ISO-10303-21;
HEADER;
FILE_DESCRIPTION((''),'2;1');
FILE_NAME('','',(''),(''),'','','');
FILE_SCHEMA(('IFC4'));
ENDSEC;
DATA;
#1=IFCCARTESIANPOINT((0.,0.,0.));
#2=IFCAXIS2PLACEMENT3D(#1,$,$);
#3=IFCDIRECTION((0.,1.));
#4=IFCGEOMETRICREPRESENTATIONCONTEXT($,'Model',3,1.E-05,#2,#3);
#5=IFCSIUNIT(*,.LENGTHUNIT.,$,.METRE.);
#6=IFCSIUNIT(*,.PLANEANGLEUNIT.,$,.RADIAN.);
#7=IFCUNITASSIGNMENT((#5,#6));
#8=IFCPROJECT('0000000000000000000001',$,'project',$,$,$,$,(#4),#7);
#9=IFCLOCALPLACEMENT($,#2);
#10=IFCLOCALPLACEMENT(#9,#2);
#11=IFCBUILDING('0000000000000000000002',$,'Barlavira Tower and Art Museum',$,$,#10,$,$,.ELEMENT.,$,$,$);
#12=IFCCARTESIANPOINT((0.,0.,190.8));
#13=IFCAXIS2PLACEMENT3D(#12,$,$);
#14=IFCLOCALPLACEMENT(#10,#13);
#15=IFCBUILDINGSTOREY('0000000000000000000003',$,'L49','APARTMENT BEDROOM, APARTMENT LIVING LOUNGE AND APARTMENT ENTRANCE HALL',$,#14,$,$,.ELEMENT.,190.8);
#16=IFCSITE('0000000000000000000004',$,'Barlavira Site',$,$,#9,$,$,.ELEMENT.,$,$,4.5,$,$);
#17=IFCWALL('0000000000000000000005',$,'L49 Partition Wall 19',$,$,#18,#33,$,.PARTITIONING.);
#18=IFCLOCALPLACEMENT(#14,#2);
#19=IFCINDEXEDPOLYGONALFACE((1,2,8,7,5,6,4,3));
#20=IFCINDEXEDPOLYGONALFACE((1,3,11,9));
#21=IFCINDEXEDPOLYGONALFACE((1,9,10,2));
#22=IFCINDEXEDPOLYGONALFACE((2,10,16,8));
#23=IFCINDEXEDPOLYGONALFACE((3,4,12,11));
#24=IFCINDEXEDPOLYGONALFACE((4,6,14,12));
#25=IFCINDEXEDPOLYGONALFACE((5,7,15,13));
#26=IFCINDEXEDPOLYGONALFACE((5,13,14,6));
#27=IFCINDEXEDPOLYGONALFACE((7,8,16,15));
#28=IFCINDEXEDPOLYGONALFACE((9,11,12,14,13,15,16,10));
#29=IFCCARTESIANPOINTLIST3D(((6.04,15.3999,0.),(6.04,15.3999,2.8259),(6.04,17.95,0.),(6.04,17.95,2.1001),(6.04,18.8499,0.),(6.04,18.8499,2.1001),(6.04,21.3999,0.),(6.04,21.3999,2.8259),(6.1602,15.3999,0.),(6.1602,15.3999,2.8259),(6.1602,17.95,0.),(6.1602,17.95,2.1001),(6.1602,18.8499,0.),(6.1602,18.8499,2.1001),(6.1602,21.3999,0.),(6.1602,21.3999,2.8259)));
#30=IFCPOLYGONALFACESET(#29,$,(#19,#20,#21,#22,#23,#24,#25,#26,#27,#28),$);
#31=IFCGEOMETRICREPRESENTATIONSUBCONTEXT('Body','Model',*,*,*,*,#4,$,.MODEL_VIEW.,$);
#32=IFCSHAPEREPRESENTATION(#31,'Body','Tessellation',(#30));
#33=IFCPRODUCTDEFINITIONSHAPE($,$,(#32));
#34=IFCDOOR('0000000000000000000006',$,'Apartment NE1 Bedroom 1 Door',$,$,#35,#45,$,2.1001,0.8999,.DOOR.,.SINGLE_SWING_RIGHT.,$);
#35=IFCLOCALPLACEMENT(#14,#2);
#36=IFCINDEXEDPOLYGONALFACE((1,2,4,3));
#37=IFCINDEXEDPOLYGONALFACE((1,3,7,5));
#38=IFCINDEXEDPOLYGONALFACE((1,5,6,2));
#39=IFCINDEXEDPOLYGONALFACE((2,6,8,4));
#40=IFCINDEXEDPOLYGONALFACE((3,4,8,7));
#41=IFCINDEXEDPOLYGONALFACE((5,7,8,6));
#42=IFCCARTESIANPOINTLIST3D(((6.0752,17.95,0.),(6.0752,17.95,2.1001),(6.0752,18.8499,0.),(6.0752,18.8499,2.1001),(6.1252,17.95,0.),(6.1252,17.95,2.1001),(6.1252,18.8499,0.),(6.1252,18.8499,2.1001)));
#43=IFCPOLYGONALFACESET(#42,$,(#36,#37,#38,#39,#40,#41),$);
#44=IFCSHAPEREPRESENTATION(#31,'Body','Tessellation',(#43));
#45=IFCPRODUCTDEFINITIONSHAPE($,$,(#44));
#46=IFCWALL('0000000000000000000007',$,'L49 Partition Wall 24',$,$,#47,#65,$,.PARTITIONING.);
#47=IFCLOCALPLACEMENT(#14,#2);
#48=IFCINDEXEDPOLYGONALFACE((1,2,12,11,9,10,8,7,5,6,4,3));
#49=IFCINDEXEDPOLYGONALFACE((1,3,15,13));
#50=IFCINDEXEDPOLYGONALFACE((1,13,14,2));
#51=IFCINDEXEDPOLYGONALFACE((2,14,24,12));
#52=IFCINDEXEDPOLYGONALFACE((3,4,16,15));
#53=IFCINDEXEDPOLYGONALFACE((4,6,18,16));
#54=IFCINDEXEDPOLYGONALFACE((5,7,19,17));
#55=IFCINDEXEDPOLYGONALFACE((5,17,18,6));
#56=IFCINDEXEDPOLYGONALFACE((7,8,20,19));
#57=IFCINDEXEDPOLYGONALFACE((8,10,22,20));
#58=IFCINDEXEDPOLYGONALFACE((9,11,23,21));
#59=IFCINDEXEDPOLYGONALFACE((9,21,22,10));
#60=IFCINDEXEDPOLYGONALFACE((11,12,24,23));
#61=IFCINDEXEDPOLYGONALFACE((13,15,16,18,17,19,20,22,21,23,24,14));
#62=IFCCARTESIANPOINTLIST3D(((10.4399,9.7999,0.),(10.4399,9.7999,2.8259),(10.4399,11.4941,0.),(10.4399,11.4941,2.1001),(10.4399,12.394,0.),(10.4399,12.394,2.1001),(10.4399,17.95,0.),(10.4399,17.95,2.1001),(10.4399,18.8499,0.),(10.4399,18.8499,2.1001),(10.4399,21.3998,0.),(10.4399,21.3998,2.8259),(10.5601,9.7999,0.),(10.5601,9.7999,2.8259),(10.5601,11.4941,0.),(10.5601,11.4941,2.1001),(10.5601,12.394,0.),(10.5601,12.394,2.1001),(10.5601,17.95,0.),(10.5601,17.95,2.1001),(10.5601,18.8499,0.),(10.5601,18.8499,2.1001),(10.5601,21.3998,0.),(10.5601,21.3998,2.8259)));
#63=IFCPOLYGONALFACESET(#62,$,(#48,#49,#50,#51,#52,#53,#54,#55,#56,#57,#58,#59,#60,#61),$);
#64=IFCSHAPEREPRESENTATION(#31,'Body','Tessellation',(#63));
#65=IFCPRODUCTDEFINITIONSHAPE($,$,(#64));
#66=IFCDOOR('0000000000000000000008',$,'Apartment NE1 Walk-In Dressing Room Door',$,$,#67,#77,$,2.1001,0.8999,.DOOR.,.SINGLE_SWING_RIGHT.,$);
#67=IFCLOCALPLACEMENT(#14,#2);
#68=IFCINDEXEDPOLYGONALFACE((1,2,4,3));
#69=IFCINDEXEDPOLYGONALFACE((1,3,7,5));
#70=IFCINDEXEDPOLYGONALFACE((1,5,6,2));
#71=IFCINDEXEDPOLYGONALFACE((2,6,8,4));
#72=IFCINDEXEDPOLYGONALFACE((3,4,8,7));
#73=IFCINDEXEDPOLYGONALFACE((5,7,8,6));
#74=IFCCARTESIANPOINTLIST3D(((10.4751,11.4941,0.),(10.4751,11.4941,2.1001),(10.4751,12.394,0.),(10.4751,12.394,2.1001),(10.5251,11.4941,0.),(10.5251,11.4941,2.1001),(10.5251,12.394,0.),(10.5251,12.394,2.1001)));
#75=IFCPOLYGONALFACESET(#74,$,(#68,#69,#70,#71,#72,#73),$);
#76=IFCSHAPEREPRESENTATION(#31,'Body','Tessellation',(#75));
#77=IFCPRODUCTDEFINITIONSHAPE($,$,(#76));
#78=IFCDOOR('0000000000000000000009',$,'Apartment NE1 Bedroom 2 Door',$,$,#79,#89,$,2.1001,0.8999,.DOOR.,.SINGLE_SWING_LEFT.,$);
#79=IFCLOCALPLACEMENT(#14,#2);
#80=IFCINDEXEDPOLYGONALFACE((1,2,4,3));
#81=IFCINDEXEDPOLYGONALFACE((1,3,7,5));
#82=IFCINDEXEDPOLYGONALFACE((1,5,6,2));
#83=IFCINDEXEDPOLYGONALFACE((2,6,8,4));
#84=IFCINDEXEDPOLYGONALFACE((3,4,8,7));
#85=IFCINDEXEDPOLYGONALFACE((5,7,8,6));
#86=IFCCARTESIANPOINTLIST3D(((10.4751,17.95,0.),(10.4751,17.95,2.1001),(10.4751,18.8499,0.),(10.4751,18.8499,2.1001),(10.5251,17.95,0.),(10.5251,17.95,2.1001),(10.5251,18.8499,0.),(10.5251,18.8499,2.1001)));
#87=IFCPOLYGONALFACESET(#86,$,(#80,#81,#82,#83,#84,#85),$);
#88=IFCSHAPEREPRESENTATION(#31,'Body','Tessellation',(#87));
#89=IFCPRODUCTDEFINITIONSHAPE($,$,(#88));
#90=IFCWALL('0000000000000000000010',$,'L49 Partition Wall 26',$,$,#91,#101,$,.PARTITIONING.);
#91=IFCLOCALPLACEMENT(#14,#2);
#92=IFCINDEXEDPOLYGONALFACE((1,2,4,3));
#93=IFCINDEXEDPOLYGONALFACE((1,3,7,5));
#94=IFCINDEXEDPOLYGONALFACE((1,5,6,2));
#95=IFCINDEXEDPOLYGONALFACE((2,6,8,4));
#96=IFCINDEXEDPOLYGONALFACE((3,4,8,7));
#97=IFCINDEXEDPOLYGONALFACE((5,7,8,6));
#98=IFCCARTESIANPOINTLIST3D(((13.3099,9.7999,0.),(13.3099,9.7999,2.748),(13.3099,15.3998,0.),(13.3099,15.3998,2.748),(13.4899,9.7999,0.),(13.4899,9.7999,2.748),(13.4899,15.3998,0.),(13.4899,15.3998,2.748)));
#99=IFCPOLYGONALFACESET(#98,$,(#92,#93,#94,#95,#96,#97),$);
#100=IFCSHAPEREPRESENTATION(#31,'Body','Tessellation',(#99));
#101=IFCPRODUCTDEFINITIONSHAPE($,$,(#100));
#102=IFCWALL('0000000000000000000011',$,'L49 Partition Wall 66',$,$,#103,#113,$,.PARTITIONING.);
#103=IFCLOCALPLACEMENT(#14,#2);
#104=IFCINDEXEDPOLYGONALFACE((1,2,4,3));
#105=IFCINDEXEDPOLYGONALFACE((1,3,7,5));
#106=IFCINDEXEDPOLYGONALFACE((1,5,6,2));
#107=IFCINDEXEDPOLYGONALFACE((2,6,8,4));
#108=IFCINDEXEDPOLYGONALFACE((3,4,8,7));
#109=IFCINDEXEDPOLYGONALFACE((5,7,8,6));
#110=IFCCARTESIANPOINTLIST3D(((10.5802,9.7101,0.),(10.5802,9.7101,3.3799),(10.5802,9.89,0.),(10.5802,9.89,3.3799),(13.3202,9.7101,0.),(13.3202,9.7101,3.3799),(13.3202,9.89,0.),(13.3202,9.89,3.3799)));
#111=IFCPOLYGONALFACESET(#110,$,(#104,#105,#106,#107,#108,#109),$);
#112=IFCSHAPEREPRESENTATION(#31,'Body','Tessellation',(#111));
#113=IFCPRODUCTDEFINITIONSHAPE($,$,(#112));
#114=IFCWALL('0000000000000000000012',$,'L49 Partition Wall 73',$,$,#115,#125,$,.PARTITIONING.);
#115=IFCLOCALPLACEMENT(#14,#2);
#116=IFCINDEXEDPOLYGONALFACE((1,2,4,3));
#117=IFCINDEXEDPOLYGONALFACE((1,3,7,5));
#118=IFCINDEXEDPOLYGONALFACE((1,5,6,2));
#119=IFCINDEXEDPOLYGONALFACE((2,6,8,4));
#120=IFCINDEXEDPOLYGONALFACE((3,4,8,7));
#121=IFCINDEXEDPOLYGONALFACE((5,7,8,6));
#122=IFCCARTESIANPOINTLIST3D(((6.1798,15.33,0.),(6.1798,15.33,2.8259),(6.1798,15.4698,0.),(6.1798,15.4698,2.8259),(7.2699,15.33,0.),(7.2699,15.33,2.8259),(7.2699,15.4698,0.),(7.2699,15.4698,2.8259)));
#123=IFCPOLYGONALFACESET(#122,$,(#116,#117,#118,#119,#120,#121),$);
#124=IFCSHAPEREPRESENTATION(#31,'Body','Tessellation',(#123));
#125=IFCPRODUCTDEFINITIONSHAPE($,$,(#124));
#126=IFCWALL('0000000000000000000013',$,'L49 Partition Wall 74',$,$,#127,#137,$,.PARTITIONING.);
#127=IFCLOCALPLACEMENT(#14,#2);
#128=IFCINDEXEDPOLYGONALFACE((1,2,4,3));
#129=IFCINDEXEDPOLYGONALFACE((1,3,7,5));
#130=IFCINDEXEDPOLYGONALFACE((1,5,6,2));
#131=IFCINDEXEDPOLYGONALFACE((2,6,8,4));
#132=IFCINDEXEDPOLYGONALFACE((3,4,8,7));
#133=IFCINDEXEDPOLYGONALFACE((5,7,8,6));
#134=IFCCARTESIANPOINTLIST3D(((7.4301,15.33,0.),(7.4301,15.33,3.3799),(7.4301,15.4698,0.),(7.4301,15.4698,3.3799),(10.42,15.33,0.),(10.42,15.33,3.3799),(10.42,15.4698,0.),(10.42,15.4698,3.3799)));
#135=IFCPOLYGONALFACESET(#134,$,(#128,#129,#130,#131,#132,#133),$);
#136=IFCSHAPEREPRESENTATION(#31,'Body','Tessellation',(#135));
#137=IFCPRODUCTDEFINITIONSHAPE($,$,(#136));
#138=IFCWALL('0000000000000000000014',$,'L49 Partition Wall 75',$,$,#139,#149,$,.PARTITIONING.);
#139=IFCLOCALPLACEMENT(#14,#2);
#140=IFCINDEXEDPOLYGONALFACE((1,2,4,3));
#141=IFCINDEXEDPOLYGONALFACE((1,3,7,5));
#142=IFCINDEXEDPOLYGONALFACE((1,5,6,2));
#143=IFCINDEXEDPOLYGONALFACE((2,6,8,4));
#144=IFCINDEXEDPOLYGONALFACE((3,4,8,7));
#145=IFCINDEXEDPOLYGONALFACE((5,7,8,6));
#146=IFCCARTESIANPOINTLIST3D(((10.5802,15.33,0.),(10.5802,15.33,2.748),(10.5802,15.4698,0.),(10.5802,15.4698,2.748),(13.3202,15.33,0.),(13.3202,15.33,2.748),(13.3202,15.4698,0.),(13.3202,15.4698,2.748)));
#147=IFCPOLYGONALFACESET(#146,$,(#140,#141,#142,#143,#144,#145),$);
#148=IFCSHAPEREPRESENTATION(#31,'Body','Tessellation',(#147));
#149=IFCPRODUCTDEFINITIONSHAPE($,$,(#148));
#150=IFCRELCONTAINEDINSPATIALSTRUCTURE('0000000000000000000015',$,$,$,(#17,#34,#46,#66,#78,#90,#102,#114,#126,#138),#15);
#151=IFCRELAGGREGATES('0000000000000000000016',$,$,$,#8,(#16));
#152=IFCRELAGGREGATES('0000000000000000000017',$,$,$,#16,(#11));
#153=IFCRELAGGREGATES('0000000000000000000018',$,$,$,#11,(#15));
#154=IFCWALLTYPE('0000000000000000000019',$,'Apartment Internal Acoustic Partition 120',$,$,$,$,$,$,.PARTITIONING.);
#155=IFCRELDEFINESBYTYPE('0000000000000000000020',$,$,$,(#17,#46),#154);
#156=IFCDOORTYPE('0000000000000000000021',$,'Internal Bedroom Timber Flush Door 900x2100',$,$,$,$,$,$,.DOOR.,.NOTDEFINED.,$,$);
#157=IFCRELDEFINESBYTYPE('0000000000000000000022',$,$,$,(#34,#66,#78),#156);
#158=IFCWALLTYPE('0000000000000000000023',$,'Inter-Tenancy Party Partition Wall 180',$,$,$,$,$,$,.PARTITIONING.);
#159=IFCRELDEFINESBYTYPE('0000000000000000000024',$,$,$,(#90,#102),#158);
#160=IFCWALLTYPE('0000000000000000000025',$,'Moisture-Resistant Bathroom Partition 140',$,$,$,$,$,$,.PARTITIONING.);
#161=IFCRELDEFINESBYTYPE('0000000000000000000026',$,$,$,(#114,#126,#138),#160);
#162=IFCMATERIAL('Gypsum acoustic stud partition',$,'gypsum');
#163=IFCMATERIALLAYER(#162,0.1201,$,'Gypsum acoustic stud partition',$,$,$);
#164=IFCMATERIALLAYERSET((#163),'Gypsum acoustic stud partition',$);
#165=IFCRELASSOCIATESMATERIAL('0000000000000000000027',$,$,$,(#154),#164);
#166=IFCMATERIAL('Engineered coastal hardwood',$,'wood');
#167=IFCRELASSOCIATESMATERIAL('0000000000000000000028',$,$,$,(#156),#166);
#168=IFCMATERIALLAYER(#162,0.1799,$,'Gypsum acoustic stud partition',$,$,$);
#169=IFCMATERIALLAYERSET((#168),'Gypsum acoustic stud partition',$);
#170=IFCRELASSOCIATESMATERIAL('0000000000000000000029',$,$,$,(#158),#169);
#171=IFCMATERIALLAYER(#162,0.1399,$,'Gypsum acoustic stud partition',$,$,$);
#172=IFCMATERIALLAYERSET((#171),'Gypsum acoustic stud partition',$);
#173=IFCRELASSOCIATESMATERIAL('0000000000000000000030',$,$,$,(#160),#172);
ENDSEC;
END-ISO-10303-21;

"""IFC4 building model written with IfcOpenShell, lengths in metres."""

from ifc_helpers import new_model, si_unit, direction, frame, frame_2d, origin, place, context, subcontext, project, spatial, rectangle, extrude, material, layer, layer_set, type_object, element, fill, save


model = new_model("IFC4")

# Units and contexts
model_context = context("Model", 3, precision=1e-05, world=origin(), true_north=direction((0.0, 1.0)))
body_context = subcontext(model_context, "Body", "Model", "MODEL_VIEW")
ifc_project = project(units=[si_unit("LENGTHUNIT", "METRE"), si_unit("PLANEANGLEUNIT", "RADIAN")], contexts=[model_context])

# Site, building, storey
site_placement = place(None, origin())
site = spatial("IfcSite", under=ifc_project, at=site_placement, Name="Barlavira Site", CompositionType="ELEMENT", RefElevation=4.5)
building_placement = place(site_placement, origin())
building = spatial("IfcBuilding", under=site, at=building_placement, Name="Barlavira Tower and Art Museum", CompositionType="ELEMENT")
storey_placement = place(building_placement, frame((0.0, 0.0, 190.8)))
storey = spatial("IfcBuildingStorey", under=building, at=storey_placement, Name="L49", Description="APARTMENT BEDROOM, APARTMENT LIVING LOUNGE AND APARTMENT ENTRANCE HALL", CompositionType="ELEMENT", Elevation=190.8)

# Wall, opening, door
ifc_material_1 = material(Name="Gypsum acoustic stud partition", Category="gypsum")
ifc_layer_1 = layer(ifc_material_1, 0.1201, Name="Gypsum acoustic stud partition")
ifc_layer_set_1 = layer_set([ifc_layer_1], Name="Gypsum acoustic stud partition")
wall_type_1 = type_object("IfcWallType", Name="Apartment Internal Acoustic Partition 120", PredefinedType="PARTITIONING", material=ifc_layer_set_1)
wall_1_placement = place(storey_placement, frame((6.1001, 15.3999, 0.0), z_axis=(0.0, 0.0, 1.0), x_axis=(0.0, 1.0, 0.0)))
wall_1 = element("IfcWall", 1, at=wall_1_placement, inside=storey, type_object=wall_type_1, Name="L49 Partition Wall 19", PredefinedType="PARTITIONING", context=body_context, shape_type="SweptSolid", body=[
    extrude(rectangle(XDim=6.0, YDim=0.1201, at=frame_2d((3.0, 0.0))), origin(), (0.0, 0.0, 1.0), 2.8259),
])
opening_1_placement = place(wall_1_placement, frame((2.55, 0.0, 0.0)))
opening_1 = element("IfcOpeningElement", 2, at=opening_1_placement, cuts=wall_1, PredefinedType="OPENING", context=body_context, shape_type="SweptSolid", body=[
    extrude(rectangle(XDim=0.8999, YDim=2.1001, at=frame_2d((0.45, 1.05))), frame((0.0, 0.0701, 0.0), z_axis=(0.0, -1.0, 0.0), x_axis=(1.0, 0.0, 0.0)), (0.0, 0.0, 1.0), 0.1401),
])
ifc_material_2 = material(Name="Engineered coastal hardwood", Category="wood")
door_type = type_object("IfcDoorType", Name="Internal Bedroom Timber Flush Door 900x2100", OperationType="NOTDEFINED", PredefinedType="DOOR", material=ifc_material_2)
door_1_placement = place(opening_1_placement, origin())
door_1 = element("IfcDoor", 3, at=door_1_placement, inside=storey, type_object=door_type, Name="Apartment NE1 Bedroom 1 Door", OperationType="SINGLE_SWING_RIGHT", OverallHeight=2.1001, OverallWidth=0.8999, PredefinedType="DOOR", context=body_context, shape_type="SweptSolid", body=[
    extrude(rectangle(XDim=0.8999, YDim=2.1001, at=frame_2d((0.45, 1.05))), frame((0.0, 0.0249, 0.0), z_axis=(0.0, -1.0, 0.0), x_axis=(1.0, 0.0, 0.0)), (0.0, 0.0, 1.0), 0.05),
])
fill(opening_1, door_1)

# Wall, openings, doors
wall_2_placement = place(storey_placement, frame((10.5, 9.8, 0.0), z_axis=(0.0, 0.0, 1.0), x_axis=(0.0, 1.0, 0.0)))
wall_2 = element("IfcWall", 4, at=wall_2_placement, inside=storey, type_object=wall_type_1, Name="L49 Partition Wall 24", PredefinedType="PARTITIONING", context=body_context, shape_type="SweptSolid", body=[
    extrude(rectangle(XDim=11.5999, YDim=0.1201, at=frame_2d((5.7998, 0.0))), origin(), (0.0, 0.0, 1.0), 2.8259),
])
opening_2_placement = place(wall_2_placement, frame((1.6941, 0.0, 0.0)))
opening_2 = element("IfcOpeningElement", 5, at=opening_2_placement, cuts=wall_2, PredefinedType="OPENING", context=body_context, shape_type="SweptSolid", body=[
    extrude(rectangle(XDim=0.8999, YDim=2.1001, at=frame_2d((0.45, 1.05))), frame((0.0, 0.0701, 0.0), z_axis=(0.0, -1.0, 0.0), x_axis=(1.0, 0.0, 0.0)), (0.0, 0.0, 1.0), 0.1401),
])
opening_3_placement = place(wall_2_placement, frame((8.1499, 0.0, 0.0)))
opening_3 = element("IfcOpeningElement", 6, at=opening_3_placement, cuts=wall_2, PredefinedType="OPENING", context=body_context, shape_type="SweptSolid", body=[
    extrude(rectangle(XDim=0.8999, YDim=2.1001, at=frame_2d((0.45, 1.05))), frame((0.0, 0.0701, 0.0), z_axis=(0.0, -1.0, 0.0), x_axis=(1.0, 0.0, 0.0)), (0.0, 0.0, 1.0), 0.1401),
])
door_2_placement = place(opening_2_placement, origin())
door_2 = element("IfcDoor", 7, at=door_2_placement, inside=storey, type_object=door_type, Name="Apartment NE1 Walk-In Dressing Room Door", OperationType="SINGLE_SWING_RIGHT", OverallHeight=2.1001, OverallWidth=0.8999, PredefinedType="DOOR", context=body_context, shape_type="SweptSolid", body=[
    extrude(rectangle(XDim=0.8999, YDim=2.1001, at=frame_2d((0.45, 1.05))), frame((0.0, 0.0249, 0.0), z_axis=(0.0, -1.0, 0.0), x_axis=(1.0, 0.0, 0.0)), (0.0, 0.0, 1.0), 0.05),
])
fill(opening_2, door_2)
door_3_placement = place(opening_3_placement, origin())
door_3 = element("IfcDoor", 8, at=door_3_placement, inside=storey, type_object=door_type, Name="Apartment NE1 Bedroom 2 Door", OperationType="SINGLE_SWING_LEFT", OverallHeight=2.1001, OverallWidth=0.8999, PredefinedType="DOOR", context=body_context, shape_type="SweptSolid", body=[
    extrude(rectangle(XDim=0.8999, YDim=2.1001, at=frame_2d((0.45, 1.05))), frame((0.0, 0.0249, 0.0), z_axis=(0.0, -1.0, 0.0), x_axis=(1.0, 0.0, 0.0)), (0.0, 0.0, 1.0), 0.05),
])
fill(opening_3, door_3)

# Walls
ifc_layer_2 = layer(ifc_material_1, 0.1799, Name="Gypsum acoustic stud partition")
ifc_layer_set_2 = layer_set([ifc_layer_2], Name="Gypsum acoustic stud partition")
wall_type_2 = type_object("IfcWallType", Name="Inter-Tenancy Party Partition Wall 180", PredefinedType="PARTITIONING", material=ifc_layer_set_2)
wall_3_placement = place(storey_placement, frame((13.3999, 9.8, 0.0), z_axis=(0.0, 0.0, 1.0), x_axis=(0.0, 1.0, 0.0)))
element("IfcWall", 9, at=wall_3_placement, inside=storey, type_object=wall_type_2, Name="L49 Partition Wall 26", PredefinedType="PARTITIONING", context=body_context, shape_type="SweptSolid", body=[
    extrude(rectangle(XDim=5.5999, YDim=0.1799, at=frame_2d((2.7998, 0.0))), origin(), (0.0, 0.0, 1.0), 2.748),
])
wall_4_placement = place(storey_placement, frame((10.5801, 9.8, 0.0), z_axis=(0.0, 0.0, 1.0), x_axis=(1.0, 0.0, 0.0)))
element("IfcWall", 10, at=wall_4_placement, inside=storey, type_object=wall_type_2, Name="L49 Partition Wall 66", PredefinedType="PARTITIONING", context=body_context, shape_type="SweptSolid", body=[
    extrude(rectangle(XDim=2.74, YDim=0.1799, at=frame_2d((1.3701, 0.0))), origin(), (0.0, 0.0, 1.0), 3.3799),
])
ifc_layer_3 = layer(ifc_material_1, 0.1399, Name="Gypsum acoustic stud partition")
ifc_layer_set_3 = layer_set([ifc_layer_3], Name="Gypsum acoustic stud partition")
wall_type_3 = type_object("IfcWallType", Name="Moisture-Resistant Bathroom Partition 140", PredefinedType="PARTITIONING", material=ifc_layer_set_3)
wall_5_placement = place(storey_placement, frame((6.1799, 15.3999, 0.0), z_axis=(0.0, 0.0, 1.0), x_axis=(1.0, 0.0, 0.0)))
element("IfcWall", 11, at=wall_5_placement, inside=storey, type_object=wall_type_3, Name="L49 Partition Wall 73", PredefinedType="PARTITIONING", context=body_context, shape_type="SweptSolid", body=[
    extrude(rectangle(XDim=1.0901, YDim=0.1399, at=frame_2d((0.5449, 0.0))), origin(), (0.0, 0.0, 1.0), 2.8259),
])
wall_6_placement = place(storey_placement, frame((7.4299, 15.3999, 0.0), z_axis=(0.0, 0.0, 1.0), x_axis=(1.0, 0.0, 0.0)))
element("IfcWall", 12, at=wall_6_placement, inside=storey, type_object=wall_type_3, Name="L49 Partition Wall 74", PredefinedType="PARTITIONING", context=body_context, shape_type="SweptSolid", body=[
    extrude(rectangle(XDim=2.99, YDim=0.1399, at=frame_2d((1.4951, 0.0))), origin(), (0.0, 0.0, 1.0), 3.3799),
])
wall_7_placement = place(storey_placement, frame((10.5801, 15.3999, 0.0), z_axis=(0.0, 0.0, 1.0), x_axis=(1.0, 0.0, 0.0)))
element("IfcWall", 13, at=wall_7_placement, inside=storey, type_object=wall_type_3, Name="L49 Partition Wall 75", PredefinedType="PARTITIONING", context=body_context, shape_type="SweptSolid", body=[
    extrude(rectangle(XDim=2.74, YDim=0.1399, at=frame_2d((1.3701, 0.0))), origin(), (0.0, 0.0, 1.0), 2.748),
])

save(model, "model.ifc")
